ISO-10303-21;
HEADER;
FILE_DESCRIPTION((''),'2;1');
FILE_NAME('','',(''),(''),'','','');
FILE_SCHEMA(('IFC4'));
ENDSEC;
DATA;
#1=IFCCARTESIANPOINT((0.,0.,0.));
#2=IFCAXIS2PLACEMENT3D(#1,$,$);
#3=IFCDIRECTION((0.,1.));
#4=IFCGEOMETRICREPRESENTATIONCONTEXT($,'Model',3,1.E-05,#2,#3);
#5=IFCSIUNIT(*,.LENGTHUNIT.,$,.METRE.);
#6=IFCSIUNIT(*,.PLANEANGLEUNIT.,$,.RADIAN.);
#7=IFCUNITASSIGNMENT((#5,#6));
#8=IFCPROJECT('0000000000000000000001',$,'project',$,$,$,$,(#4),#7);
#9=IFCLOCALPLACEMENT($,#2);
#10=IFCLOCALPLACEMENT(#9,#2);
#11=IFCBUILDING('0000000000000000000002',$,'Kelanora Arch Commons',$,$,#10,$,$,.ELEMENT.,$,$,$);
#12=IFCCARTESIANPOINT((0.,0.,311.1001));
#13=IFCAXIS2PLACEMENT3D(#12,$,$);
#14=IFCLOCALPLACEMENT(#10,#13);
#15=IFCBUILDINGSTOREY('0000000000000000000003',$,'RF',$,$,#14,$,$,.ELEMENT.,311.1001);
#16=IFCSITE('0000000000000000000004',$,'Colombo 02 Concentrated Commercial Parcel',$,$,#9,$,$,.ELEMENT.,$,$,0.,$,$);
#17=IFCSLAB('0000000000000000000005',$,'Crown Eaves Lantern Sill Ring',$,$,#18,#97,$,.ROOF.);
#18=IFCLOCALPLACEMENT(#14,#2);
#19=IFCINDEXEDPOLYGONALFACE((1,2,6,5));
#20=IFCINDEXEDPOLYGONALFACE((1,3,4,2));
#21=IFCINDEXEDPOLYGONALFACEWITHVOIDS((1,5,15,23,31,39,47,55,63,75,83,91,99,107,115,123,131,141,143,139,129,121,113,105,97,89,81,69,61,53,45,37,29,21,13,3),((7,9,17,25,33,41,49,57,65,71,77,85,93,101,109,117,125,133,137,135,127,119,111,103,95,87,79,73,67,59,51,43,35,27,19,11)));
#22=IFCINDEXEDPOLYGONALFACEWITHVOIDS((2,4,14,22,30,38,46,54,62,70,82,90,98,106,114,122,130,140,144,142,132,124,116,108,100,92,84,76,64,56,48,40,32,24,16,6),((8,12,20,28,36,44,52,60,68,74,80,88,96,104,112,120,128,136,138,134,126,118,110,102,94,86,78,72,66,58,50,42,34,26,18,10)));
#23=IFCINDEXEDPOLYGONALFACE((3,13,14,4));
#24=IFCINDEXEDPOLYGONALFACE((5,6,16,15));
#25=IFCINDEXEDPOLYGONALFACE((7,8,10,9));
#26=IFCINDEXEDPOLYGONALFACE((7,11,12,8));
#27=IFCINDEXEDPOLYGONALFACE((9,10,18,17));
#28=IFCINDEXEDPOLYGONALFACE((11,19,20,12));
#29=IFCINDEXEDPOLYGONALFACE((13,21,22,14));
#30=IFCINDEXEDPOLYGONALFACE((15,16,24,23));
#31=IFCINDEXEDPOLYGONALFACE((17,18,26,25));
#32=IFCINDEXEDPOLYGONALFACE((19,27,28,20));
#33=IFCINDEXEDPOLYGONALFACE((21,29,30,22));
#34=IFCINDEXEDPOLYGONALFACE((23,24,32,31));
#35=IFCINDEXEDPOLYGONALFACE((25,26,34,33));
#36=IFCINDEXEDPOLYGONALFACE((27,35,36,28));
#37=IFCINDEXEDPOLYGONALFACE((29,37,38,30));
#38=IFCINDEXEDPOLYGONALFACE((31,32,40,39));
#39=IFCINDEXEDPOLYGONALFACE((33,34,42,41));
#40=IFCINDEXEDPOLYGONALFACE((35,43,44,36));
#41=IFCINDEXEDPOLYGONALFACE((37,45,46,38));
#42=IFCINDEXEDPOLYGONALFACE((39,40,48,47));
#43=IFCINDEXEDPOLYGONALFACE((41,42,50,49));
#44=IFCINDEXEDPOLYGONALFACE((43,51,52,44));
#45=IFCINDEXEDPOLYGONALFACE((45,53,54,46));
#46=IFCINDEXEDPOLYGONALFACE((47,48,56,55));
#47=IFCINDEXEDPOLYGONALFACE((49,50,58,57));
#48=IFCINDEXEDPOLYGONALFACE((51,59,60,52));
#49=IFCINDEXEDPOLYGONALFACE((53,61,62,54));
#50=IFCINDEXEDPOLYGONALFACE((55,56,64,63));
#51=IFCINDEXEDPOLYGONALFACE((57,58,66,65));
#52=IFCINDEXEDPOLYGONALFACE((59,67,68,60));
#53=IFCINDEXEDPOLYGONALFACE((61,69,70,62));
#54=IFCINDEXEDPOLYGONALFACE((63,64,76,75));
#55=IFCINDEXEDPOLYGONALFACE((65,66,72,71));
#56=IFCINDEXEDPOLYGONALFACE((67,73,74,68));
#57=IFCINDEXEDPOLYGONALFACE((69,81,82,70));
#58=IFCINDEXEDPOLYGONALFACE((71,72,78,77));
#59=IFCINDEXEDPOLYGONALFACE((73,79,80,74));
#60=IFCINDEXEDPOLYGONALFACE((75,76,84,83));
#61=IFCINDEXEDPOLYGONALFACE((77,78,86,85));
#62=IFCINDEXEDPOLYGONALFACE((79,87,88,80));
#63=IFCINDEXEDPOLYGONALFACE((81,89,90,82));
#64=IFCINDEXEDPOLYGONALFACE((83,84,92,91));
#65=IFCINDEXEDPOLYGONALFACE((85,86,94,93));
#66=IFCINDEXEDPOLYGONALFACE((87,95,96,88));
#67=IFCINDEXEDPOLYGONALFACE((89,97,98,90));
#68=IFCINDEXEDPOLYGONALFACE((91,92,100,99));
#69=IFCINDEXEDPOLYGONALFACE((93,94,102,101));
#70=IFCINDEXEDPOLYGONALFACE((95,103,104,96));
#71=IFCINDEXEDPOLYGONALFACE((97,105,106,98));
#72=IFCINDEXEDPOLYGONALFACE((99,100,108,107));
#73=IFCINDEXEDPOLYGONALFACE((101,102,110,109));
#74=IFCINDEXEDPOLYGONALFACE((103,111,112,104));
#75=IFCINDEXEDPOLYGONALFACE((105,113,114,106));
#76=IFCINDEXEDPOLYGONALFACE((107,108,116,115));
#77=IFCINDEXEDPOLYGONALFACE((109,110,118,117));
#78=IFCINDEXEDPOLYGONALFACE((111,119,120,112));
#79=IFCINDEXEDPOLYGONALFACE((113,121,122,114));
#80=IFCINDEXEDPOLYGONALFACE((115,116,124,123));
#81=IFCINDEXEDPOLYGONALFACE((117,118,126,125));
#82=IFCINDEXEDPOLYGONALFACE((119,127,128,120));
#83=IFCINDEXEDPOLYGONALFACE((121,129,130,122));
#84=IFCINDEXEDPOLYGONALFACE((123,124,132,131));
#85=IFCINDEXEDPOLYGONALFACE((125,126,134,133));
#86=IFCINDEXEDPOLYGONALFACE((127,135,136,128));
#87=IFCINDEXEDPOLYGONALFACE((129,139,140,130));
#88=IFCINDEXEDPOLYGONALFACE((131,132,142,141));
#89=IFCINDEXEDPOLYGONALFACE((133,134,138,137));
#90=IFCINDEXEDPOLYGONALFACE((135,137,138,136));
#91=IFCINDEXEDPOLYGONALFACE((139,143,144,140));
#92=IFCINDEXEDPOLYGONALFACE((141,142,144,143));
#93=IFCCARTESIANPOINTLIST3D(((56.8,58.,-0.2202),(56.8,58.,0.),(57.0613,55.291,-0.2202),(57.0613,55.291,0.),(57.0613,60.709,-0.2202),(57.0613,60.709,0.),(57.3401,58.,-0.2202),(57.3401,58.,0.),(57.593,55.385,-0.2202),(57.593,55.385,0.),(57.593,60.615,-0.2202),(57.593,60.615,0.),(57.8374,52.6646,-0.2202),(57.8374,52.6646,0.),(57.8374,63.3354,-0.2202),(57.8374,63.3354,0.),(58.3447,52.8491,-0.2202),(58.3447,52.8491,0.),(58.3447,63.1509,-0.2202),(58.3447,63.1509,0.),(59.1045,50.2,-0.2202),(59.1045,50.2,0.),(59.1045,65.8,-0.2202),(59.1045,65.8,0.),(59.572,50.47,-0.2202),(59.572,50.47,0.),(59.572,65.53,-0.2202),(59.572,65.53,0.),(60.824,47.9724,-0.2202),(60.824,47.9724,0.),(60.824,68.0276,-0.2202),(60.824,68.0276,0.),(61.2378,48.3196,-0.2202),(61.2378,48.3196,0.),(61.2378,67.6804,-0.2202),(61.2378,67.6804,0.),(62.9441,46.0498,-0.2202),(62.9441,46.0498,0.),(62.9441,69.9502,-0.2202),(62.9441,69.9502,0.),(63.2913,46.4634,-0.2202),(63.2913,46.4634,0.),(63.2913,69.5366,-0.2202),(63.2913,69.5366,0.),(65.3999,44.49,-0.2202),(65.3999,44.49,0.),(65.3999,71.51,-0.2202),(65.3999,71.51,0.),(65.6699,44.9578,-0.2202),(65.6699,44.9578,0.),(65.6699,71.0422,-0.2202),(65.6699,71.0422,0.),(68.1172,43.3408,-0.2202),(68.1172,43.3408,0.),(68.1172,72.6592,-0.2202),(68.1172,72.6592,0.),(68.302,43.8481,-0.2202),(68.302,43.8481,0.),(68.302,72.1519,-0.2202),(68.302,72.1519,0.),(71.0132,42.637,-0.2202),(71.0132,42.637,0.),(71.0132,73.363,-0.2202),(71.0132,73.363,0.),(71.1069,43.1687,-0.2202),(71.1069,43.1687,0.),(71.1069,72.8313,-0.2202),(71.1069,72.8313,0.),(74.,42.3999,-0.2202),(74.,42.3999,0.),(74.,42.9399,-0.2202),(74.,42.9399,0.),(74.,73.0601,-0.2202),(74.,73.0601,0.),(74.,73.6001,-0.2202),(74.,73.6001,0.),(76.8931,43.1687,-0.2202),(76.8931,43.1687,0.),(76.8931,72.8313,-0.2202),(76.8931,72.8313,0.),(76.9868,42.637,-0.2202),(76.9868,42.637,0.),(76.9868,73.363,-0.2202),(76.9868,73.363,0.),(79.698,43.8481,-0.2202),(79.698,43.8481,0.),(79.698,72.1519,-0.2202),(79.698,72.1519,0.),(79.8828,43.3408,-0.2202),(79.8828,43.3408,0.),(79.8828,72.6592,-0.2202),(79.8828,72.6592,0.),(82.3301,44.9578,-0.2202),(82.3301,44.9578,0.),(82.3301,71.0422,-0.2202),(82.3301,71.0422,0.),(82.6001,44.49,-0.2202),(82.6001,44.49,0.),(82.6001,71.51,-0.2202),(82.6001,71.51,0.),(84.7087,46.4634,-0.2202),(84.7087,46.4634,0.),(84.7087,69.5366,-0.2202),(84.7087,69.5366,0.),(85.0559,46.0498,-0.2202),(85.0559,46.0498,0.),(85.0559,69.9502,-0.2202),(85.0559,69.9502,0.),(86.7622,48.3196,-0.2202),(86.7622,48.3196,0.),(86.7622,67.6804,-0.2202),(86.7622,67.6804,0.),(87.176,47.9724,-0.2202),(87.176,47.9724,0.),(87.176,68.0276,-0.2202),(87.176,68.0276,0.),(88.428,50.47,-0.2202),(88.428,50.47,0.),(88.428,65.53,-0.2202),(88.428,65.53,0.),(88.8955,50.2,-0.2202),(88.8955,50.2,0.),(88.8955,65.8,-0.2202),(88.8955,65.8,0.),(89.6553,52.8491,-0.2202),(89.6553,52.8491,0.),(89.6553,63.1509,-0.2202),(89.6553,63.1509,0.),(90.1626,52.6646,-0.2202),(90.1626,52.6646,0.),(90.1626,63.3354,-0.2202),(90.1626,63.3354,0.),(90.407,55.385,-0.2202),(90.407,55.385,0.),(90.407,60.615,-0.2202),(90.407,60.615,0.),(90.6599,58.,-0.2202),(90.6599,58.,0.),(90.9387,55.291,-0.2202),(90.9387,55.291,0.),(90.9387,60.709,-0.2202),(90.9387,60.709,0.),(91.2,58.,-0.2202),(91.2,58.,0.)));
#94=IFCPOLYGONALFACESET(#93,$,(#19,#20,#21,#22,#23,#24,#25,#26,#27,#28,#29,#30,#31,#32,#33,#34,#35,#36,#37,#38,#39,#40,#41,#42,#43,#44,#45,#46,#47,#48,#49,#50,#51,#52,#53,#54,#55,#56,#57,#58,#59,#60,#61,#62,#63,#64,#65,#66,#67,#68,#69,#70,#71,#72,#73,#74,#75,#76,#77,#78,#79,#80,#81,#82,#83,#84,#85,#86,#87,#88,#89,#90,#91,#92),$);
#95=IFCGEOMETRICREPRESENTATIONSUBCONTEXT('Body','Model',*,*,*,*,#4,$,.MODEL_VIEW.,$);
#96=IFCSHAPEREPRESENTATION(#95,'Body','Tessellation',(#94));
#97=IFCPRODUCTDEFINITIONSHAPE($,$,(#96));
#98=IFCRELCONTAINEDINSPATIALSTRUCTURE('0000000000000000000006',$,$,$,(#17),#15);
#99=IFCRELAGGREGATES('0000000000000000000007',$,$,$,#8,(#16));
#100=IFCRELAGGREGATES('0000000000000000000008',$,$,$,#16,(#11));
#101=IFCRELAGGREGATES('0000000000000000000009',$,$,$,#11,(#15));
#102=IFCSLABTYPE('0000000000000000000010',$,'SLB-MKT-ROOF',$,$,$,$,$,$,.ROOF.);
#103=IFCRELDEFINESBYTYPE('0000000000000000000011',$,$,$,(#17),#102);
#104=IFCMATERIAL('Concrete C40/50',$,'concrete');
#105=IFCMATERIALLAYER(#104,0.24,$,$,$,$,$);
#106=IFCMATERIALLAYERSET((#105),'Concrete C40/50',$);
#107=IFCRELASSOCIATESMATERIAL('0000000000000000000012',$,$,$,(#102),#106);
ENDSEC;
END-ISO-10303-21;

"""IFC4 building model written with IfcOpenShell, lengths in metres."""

from ifc_helpers import new_model, si_unit, direction, frame, origin, place, context, subcontext, project, spatial, polyline, outline, extrude, material, layer, layer_set, type_object, element, save


model = new_model("IFC4")

# Units and contexts
model_context = context("Model", 3, precision=1e-05, world=origin(), true_north=direction((0.0, 1.0)))
body_context = subcontext(model_context, "Body", "Model", "MODEL_VIEW")
ifc_project = project(units=[si_unit("LENGTHUNIT", "METRE"), si_unit("PLANEANGLEUNIT", "RADIAN")], contexts=[model_context])

# Site, building, storey
site_placement = place(None, origin())
site = spatial("IfcSite", under=ifc_project, at=site_placement, Name="Colombo 02 Concentrated Commercial Parcel", CompositionType="ELEMENT", RefElevation=0.0)
building_placement = place(site_placement, origin())
building = spatial("IfcBuilding", under=site, at=building_placement, Name="Kelanora Arch Commons", CompositionType="ELEMENT")
storey_placement = place(building_placement, frame((0.0, 0.0, 311.1001)))
storey = spatial("IfcBuildingStorey", under=building, at=storey_placement, Name="RF", CompositionType="ELEMENT", Elevation=311.1001)

# Slab
ifc_material_1 = material(Name="Concrete C40/50", Category="concrete")
ifc_layer_1 = layer(ifc_material_1, 0.24)
ifc_layer_set_1 = layer_set([ifc_layer_1], Name="Concrete C40/50")
slab_type_1 = type_object("IfcSlabType", Name="SLB-MKT-ROOF", PredefinedType="ROOF", material=ifc_layer_set_1)
slab_1_placement = place(storey_placement, frame((0.0, 0.0, -0.2202)))
element("IfcSlab", 1, at=slab_1_placement, inside=storey, type_object=slab_type_1, Name="Crown Eaves Lantern Sill Ring", PredefinedType="ROOF", context=body_context, shape_type="SweptSolid", body=[
    extrude(outline(polyline([(91.2, 58.0), (90.9387, 60.709), (90.1626, 63.3354), (88.8955, 65.8), (87.176, 68.0276), (85.0559, 69.9502), (82.6001, 71.51), (79.8828, 72.6592), (76.9868, 73.363), (74.0, 73.6001), (71.0132, 73.363), (68.1172, 72.6592), (65.3999, 71.51), (62.9441, 69.9502), (60.824, 68.0276), (59.1045, 65.8), (57.8374, 63.3354), (57.0613, 60.709), (56.8, 58.0), (57.0613, 55.291), (57.8374, 52.6646), (59.1045, 50.2), (60.824, 47.9724), (62.9441, 46.0498), (65.3999, 44.49), (68.1172, 43.3408), (71.0132, 42.637), (74.0, 42.3999), (76.9868, 42.637), (79.8828, 43.3408), (82.6001, 44.49), (85.0559, 46.0498), (87.176, 47.9724), (88.8955, 50.2), (90.1626, 52.6646), (90.9387, 55.291), (91.2, 58.0)]), holes=[polyline([(90.407, 55.385), (89.6553, 52.8491), (88.428, 50.47), (86.7622, 48.3196), (84.7087, 46.4634), (82.3301, 44.9578), (79.698, 43.8481), (76.8931, 43.1687), (74.0, 42.9399), (71.1069, 43.1687), (68.302, 43.8481), (65.6699, 44.9578), (63.2913, 46.4634), (61.2378, 48.3196), (59.572, 50.47), (58.3447, 52.8491), (57.593, 55.385), (57.3401, 58.0), (57.593, 60.615), (58.3447, 63.1509), (59.572, 65.53), (61.2378, 67.6804), (63.2913, 69.5366), (65.6699, 71.0422), (68.302, 72.1519), (71.1069, 72.8313), (74.0, 73.0601), (76.8931, 72.8313), (79.698, 72.1519), (82.3301, 71.0422), (84.7087, 69.5366), (86.7622, 67.6804), (88.428, 65.53), (89.6553, 63.1509), (90.407, 60.615), (90.6599, 58.0), (90.407, 55.385)])]), origin(), (0.0, 0.0, 1.0), 0.2202),
])

save(model, "model.ifc")
